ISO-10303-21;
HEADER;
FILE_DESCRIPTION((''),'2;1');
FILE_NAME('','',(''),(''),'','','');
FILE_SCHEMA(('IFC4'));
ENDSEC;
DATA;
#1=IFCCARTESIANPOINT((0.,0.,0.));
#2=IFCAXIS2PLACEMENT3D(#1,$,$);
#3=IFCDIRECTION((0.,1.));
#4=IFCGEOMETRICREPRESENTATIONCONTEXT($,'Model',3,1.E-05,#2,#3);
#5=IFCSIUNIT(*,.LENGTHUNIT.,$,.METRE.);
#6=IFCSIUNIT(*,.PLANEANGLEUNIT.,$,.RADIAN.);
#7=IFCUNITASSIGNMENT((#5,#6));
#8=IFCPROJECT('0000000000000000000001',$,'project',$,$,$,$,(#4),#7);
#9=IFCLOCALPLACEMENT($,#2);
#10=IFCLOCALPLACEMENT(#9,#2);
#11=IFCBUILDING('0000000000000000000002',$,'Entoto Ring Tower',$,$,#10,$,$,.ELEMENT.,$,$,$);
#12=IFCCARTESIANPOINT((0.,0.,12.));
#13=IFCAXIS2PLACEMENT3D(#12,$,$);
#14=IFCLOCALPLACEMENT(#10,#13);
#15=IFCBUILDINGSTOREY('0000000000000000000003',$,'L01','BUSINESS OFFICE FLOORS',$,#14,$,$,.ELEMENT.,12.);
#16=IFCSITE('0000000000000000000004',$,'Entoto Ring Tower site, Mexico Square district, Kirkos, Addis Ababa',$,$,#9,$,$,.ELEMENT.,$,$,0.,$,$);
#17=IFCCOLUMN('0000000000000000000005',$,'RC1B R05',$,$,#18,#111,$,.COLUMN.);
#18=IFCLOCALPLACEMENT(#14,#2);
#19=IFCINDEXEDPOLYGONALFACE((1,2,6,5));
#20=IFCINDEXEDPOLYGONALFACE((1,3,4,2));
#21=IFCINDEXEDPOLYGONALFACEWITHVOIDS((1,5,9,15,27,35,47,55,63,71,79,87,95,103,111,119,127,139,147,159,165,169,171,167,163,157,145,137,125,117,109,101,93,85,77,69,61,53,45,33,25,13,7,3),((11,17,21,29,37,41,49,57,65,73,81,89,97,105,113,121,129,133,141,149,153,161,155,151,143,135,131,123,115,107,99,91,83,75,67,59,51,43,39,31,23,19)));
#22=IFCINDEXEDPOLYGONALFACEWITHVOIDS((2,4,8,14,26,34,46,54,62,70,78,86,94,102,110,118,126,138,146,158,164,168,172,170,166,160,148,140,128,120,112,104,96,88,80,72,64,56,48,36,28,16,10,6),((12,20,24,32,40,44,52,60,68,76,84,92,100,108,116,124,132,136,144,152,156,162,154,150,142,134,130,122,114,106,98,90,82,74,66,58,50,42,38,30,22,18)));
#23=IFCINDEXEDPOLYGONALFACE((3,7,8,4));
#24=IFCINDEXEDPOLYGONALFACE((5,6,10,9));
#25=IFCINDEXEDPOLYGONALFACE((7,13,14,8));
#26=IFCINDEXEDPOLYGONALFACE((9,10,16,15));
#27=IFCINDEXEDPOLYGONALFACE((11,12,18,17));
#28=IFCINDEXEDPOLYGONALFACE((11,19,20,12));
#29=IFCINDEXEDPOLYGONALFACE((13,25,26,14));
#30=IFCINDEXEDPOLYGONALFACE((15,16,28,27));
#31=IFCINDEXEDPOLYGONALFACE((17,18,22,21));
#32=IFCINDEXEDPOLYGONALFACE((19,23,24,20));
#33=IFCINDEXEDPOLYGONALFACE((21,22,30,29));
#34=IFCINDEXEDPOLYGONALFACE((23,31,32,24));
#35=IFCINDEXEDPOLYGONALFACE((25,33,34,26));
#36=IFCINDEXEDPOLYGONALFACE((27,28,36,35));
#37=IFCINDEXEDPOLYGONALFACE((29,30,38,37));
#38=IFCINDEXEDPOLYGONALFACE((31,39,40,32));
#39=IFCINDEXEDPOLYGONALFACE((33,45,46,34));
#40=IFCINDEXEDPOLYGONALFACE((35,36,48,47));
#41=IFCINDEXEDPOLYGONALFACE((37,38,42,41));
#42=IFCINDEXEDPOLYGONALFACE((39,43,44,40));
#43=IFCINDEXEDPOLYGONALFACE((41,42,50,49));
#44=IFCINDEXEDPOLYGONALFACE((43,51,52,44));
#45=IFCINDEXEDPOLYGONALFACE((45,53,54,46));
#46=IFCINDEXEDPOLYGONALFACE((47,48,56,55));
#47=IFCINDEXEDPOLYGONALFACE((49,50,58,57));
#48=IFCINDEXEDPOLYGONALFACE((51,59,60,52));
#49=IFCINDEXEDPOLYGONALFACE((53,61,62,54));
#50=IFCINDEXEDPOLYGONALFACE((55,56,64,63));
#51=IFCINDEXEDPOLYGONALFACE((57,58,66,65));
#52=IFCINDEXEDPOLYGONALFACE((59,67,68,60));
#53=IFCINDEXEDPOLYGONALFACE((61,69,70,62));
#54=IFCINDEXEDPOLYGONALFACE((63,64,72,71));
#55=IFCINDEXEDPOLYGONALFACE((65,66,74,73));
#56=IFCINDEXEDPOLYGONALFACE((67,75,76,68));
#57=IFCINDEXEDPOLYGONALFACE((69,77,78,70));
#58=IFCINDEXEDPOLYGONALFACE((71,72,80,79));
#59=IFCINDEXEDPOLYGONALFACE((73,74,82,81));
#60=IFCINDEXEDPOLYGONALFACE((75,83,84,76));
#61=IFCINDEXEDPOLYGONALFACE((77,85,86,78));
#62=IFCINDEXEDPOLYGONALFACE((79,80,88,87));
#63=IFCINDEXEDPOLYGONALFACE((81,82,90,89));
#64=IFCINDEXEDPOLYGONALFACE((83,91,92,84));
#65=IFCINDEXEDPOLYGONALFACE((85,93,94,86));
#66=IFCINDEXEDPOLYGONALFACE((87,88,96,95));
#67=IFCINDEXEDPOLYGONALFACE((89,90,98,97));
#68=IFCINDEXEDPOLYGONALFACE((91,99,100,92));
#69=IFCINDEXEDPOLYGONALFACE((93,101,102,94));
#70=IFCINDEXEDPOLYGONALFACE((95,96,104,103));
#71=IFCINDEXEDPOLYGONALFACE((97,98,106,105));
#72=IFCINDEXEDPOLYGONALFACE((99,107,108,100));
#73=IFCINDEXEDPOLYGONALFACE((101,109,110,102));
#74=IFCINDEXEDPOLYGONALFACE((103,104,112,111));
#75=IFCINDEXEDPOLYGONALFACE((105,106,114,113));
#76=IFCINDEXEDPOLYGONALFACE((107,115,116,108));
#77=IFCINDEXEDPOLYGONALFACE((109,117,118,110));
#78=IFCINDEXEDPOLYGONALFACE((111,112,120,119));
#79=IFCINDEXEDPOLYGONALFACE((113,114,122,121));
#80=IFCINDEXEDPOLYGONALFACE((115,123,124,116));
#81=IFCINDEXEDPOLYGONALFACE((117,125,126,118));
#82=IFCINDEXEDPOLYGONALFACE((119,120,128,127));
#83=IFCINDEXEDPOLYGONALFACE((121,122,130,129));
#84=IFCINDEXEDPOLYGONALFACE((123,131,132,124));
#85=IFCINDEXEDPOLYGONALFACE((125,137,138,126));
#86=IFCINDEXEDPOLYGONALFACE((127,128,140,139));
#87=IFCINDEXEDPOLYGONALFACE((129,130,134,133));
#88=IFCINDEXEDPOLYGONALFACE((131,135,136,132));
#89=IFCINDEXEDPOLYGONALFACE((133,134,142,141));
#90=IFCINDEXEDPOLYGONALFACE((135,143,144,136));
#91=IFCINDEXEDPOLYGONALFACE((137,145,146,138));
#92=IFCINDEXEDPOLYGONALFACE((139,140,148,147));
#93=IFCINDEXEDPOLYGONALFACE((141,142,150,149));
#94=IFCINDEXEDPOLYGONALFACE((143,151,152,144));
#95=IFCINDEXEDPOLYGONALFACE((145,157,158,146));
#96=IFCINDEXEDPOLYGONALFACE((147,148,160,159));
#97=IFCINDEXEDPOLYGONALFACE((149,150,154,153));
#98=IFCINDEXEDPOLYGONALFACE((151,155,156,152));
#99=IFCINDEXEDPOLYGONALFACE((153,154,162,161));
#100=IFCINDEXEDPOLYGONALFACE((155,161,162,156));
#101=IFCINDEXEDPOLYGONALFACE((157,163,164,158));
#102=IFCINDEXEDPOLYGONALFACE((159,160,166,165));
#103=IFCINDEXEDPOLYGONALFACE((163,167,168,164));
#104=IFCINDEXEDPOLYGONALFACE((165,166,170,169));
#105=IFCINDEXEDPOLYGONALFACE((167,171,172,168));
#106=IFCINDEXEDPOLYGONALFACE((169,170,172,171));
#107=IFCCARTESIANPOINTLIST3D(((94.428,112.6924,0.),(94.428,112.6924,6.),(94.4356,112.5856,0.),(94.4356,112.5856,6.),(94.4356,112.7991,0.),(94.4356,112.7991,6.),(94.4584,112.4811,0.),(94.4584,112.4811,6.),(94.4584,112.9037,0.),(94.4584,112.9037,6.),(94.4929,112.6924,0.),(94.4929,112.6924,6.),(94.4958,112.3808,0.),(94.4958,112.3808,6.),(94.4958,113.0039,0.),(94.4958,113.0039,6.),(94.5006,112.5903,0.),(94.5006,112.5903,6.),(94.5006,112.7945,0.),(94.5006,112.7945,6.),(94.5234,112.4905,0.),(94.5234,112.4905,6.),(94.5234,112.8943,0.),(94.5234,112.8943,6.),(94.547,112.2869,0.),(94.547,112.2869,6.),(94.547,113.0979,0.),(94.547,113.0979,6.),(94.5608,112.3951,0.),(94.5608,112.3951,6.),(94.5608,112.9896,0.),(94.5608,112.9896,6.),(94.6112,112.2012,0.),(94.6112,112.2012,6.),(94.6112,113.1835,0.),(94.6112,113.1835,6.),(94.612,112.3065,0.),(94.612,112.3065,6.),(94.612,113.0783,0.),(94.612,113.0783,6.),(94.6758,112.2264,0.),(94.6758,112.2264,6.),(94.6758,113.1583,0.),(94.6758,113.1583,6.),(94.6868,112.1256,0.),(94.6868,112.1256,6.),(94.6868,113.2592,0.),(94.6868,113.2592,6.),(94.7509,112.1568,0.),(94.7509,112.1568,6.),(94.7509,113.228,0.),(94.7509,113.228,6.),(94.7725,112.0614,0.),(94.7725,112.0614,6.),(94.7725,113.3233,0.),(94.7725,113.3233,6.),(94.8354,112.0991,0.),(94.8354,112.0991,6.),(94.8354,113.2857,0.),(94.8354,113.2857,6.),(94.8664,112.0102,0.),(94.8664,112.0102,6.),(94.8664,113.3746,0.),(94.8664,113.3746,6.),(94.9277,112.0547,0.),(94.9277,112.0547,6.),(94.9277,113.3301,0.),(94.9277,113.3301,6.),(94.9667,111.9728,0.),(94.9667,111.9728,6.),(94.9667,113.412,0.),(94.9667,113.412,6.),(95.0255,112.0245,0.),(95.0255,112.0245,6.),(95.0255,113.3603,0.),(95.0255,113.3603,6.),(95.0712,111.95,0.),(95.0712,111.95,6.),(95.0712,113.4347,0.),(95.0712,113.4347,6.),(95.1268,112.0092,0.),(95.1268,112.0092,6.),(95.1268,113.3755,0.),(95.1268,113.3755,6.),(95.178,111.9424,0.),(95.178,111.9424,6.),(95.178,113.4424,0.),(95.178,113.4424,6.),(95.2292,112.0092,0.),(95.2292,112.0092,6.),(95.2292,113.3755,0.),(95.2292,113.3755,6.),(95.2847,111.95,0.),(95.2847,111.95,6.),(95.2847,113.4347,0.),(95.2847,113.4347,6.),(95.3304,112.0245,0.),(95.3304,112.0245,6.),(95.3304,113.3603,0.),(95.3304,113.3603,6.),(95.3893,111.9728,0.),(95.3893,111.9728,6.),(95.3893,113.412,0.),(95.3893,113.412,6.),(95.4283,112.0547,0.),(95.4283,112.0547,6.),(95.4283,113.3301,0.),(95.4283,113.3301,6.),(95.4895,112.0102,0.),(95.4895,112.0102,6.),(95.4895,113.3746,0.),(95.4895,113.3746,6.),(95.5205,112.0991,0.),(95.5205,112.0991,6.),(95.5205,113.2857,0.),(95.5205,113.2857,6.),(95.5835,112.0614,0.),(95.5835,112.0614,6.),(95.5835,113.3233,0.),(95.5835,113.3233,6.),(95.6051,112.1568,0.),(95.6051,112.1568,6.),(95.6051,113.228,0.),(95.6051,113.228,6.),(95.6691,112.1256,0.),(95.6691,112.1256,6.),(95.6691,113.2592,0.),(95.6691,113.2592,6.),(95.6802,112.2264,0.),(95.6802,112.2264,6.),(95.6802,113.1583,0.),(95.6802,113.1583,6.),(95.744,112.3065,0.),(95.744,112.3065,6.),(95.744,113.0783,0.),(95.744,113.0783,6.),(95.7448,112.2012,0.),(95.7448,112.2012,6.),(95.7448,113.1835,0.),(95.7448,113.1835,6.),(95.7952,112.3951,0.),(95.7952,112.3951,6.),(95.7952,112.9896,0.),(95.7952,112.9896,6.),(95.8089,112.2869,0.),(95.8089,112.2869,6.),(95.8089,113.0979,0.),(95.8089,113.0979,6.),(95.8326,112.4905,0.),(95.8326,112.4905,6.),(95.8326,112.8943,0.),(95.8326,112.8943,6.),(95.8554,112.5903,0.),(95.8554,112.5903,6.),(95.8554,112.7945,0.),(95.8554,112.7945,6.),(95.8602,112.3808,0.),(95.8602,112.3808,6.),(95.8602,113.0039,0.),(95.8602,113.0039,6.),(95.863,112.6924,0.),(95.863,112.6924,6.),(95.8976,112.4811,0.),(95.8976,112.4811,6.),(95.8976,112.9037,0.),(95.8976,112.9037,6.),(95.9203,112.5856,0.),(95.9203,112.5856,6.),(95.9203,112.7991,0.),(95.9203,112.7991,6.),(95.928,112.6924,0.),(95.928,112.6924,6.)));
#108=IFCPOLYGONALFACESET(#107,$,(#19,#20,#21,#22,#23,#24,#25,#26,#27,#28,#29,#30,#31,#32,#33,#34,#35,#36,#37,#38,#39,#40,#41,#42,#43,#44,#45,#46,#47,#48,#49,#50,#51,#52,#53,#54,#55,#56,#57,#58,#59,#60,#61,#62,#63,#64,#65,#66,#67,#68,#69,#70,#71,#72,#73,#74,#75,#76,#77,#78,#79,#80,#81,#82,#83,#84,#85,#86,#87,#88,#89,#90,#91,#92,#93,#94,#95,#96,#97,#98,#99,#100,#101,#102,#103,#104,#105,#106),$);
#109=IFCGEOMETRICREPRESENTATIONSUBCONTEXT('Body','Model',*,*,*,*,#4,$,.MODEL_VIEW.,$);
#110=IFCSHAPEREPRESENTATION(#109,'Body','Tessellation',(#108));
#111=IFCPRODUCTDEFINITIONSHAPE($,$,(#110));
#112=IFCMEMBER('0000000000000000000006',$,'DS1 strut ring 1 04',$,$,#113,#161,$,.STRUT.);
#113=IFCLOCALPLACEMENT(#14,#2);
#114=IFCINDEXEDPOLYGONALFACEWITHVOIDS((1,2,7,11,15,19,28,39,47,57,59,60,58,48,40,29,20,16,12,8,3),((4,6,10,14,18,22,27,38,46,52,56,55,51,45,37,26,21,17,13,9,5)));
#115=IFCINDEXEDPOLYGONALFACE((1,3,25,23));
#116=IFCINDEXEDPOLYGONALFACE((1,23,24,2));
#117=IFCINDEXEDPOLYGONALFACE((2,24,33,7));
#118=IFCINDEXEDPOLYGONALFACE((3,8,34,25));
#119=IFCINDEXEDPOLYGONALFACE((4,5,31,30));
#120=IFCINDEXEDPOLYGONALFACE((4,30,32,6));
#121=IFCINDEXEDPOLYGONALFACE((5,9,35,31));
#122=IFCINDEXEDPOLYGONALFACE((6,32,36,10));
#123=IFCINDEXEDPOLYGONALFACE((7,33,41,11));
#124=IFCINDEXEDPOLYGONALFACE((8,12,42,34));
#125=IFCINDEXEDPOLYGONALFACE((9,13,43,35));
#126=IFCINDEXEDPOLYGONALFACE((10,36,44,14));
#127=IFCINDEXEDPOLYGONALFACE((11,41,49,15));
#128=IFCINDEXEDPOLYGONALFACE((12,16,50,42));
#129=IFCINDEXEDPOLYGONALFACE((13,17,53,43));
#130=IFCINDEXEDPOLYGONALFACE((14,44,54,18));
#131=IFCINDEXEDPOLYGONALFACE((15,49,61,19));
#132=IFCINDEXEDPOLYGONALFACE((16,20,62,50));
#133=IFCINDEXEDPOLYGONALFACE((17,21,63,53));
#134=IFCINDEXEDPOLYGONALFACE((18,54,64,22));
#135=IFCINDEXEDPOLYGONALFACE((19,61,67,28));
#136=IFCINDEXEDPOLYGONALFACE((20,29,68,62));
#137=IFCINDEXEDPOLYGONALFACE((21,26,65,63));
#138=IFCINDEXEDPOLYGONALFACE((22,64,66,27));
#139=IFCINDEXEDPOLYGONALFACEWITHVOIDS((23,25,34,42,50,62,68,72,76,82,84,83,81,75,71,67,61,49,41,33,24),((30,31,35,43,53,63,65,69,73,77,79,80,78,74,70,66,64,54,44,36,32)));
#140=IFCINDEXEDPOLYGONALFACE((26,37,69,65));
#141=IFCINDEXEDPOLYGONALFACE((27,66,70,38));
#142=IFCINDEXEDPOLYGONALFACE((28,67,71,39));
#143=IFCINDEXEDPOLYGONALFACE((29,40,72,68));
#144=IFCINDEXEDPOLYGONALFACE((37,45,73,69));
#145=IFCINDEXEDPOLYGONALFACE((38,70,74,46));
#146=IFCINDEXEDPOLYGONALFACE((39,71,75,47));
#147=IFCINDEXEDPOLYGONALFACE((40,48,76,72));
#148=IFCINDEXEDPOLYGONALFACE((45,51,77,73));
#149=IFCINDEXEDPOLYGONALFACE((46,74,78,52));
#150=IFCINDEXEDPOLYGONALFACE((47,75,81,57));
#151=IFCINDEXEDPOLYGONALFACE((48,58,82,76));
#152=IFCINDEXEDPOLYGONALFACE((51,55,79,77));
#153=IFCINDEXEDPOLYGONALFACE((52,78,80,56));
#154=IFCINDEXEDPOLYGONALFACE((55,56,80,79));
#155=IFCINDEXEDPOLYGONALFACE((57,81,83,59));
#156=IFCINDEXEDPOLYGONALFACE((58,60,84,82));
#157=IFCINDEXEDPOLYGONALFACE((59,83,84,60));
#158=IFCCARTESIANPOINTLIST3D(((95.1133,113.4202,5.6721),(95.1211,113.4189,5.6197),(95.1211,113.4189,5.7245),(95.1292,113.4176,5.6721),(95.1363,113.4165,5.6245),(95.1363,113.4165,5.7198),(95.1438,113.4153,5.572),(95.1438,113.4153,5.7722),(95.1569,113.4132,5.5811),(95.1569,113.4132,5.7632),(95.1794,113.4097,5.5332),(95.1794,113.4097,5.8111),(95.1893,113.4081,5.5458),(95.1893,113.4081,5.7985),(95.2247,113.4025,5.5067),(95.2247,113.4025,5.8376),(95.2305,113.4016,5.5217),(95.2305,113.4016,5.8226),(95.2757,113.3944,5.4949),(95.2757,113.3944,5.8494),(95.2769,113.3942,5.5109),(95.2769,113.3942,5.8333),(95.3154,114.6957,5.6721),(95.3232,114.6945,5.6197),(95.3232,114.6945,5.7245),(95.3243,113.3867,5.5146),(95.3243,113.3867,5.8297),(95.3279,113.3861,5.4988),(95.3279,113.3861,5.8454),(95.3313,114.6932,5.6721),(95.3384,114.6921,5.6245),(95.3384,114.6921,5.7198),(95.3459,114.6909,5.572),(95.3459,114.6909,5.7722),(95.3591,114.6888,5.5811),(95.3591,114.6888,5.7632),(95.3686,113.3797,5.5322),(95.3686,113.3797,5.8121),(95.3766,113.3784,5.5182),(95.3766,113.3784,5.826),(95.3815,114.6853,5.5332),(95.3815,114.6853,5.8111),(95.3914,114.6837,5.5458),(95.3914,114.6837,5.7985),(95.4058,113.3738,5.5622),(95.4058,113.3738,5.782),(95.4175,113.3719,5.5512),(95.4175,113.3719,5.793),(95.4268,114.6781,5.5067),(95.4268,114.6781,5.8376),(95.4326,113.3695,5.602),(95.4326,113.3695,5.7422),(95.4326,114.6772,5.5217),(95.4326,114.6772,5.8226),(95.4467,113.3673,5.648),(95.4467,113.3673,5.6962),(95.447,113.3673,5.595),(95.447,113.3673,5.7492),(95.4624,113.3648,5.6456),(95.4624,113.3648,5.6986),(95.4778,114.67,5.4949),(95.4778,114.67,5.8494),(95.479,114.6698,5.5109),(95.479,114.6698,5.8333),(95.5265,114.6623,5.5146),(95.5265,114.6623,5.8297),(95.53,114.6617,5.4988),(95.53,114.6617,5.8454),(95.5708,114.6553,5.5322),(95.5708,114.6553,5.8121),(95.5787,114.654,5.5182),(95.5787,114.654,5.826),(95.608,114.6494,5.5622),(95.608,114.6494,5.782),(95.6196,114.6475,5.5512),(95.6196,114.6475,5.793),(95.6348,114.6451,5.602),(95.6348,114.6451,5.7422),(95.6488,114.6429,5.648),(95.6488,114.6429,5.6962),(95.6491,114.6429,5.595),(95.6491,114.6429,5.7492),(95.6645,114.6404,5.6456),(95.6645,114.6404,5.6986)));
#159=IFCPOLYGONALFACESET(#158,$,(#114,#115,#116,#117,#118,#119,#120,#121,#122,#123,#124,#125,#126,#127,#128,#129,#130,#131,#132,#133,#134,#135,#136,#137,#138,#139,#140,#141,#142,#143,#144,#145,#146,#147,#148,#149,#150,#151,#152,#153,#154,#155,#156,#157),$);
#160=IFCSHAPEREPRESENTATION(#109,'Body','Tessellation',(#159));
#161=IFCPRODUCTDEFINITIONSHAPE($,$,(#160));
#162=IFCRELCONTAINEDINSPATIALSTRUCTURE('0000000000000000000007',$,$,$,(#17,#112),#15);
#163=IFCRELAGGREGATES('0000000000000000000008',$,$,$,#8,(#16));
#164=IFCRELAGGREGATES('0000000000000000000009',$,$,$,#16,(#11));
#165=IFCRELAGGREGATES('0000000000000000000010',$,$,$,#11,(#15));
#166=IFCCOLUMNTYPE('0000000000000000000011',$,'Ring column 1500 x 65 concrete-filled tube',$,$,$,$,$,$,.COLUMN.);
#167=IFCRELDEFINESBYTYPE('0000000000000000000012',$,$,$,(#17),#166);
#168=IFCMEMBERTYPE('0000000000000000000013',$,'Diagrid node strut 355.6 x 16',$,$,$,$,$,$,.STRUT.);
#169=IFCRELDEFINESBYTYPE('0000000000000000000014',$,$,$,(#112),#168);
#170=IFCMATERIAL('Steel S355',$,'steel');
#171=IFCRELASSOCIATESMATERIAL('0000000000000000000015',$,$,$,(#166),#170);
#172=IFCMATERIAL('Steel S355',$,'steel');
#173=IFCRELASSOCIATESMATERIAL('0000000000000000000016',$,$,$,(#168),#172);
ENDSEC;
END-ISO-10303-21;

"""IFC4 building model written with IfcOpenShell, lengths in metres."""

from ifc_helpers import new_model, si_unit, direction, frame, origin, origin_2d, place, context, subcontext, project, spatial, circle, hollow_circle, extrude, material, material_profile, profile_set, type_object, element, save


model = new_model("IFC4")

# Units and contexts
model_context = context("Model", 3, precision=1e-05, world=origin(), true_north=direction((0.0, 1.0)))
body_context = subcontext(model_context, "Body", "Model", "MODEL_VIEW")
ifc_project = project(units=[si_unit("LENGTHUNIT", "METRE"), si_unit("PLANEANGLEUNIT", "RADIAN")], contexts=[model_context])

# Site, building, storey
site_placement = place(None, origin())
site = spatial("IfcSite", under=ifc_project, at=site_placement, Name="Entoto Ring Tower site, Mexico Square district, Kirkos, Addis Ababa", CompositionType="ELEMENT", RefElevation=0.0)
building_placement = place(site_placement, origin())
building = spatial("IfcBuilding", under=site, at=building_placement, Name="Entoto Ring Tower", CompositionType="ELEMENT")
storey_placement = place(building_placement, frame((0.0, 0.0, 12.0)))
storey = spatial("IfcBuildingStorey", under=building, at=storey_placement, Name="L01", Description="BUSINESS OFFICE FLOORS", CompositionType="ELEMENT", Elevation=12.0)

# Column
ifc_material_1 = material(Name="Steel S355", Category="steel")
ifc_material_profile_1 = material_profile(ifc_material_1, hollow_circle(Radius=0.75, WallThickness=0.0649, at=origin_2d()), Name="CHS 1500 x 65")
ifc_material_2 = material(Name="Concrete C60/75", Category="concrete")
ifc_material_profile_2 = material_profile(ifc_material_2, circle(Radius=0.6851, at=origin_2d()), Name="Concrete C60/75 infill")
ifc_profile_set_1 = profile_set([ifc_material_profile_1, ifc_material_profile_2], Name="Steel S355")
column_type = type_object("IfcColumnType", Name="Ring column 1500 x 65 concrete-filled tube", PredefinedType="COLUMN", material=ifc_profile_set_1)
column_placement = place(storey_placement, frame((95.178, 112.6924, 0.0), z_axis=(0.0, 0.0, 1.0), x_axis=(1.0, 0.0, 0.0)))
element("IfcColumn", 1, at=column_placement, inside=storey, type_object=column_type, Name="RC1B R05", PredefinedType="COLUMN", context=body_context, shape_type="SweptSolid", body=[
    extrude(hollow_circle(Radius=0.75, WallThickness=0.0649, at=origin_2d()), origin(), (0.0, 0.0, 1.0), 6.0),
])

# Member
ifc_material_3 = material(Name="Steel S355", Category="steel")
ifc_material_profile_3 = material_profile(ifc_material_3, hollow_circle(Radius=0.1777, WallThickness=0.0161, at=origin_2d()), Name="CHS 355.6 x 16")
ifc_material_4 = material(Name="Concrete C60/75", Category="concrete")
ifc_material_profile_4 = material_profile(ifc_material_4, circle(Radius=0.1619, at=origin_2d()), Name="Concrete C60/75 infill")
ifc_profile_set_2 = profile_set([ifc_material_profile_3, ifc_material_profile_4], Name="Steel S355")
member_type_1 = type_object("IfcMemberType", Name="Diagrid node strut 355.6 x 16", PredefinedType="STRUT", material=ifc_profile_set_2)
member_1_placement = place(storey_placement, frame((95.2888, 113.3923, 5.6721), z_axis=(0.156516, 0.987675, 0.0), x_axis=(-0.987675, 0.156516, 0.0)))
element("IfcMember", 2, at=member_1_placement, inside=storey, type_object=member_type_1, Name="DS1 strut ring 1 04", PredefinedType="STRUT", context=body_context, shape_type="SweptSolid", body=[
    extrude(hollow_circle(Radius=0.1777, WallThickness=0.0161, at=origin_2d()), origin(), (0.0, 0.0, 1.0), 1.2915),
])

save(model, "model.ifc")
